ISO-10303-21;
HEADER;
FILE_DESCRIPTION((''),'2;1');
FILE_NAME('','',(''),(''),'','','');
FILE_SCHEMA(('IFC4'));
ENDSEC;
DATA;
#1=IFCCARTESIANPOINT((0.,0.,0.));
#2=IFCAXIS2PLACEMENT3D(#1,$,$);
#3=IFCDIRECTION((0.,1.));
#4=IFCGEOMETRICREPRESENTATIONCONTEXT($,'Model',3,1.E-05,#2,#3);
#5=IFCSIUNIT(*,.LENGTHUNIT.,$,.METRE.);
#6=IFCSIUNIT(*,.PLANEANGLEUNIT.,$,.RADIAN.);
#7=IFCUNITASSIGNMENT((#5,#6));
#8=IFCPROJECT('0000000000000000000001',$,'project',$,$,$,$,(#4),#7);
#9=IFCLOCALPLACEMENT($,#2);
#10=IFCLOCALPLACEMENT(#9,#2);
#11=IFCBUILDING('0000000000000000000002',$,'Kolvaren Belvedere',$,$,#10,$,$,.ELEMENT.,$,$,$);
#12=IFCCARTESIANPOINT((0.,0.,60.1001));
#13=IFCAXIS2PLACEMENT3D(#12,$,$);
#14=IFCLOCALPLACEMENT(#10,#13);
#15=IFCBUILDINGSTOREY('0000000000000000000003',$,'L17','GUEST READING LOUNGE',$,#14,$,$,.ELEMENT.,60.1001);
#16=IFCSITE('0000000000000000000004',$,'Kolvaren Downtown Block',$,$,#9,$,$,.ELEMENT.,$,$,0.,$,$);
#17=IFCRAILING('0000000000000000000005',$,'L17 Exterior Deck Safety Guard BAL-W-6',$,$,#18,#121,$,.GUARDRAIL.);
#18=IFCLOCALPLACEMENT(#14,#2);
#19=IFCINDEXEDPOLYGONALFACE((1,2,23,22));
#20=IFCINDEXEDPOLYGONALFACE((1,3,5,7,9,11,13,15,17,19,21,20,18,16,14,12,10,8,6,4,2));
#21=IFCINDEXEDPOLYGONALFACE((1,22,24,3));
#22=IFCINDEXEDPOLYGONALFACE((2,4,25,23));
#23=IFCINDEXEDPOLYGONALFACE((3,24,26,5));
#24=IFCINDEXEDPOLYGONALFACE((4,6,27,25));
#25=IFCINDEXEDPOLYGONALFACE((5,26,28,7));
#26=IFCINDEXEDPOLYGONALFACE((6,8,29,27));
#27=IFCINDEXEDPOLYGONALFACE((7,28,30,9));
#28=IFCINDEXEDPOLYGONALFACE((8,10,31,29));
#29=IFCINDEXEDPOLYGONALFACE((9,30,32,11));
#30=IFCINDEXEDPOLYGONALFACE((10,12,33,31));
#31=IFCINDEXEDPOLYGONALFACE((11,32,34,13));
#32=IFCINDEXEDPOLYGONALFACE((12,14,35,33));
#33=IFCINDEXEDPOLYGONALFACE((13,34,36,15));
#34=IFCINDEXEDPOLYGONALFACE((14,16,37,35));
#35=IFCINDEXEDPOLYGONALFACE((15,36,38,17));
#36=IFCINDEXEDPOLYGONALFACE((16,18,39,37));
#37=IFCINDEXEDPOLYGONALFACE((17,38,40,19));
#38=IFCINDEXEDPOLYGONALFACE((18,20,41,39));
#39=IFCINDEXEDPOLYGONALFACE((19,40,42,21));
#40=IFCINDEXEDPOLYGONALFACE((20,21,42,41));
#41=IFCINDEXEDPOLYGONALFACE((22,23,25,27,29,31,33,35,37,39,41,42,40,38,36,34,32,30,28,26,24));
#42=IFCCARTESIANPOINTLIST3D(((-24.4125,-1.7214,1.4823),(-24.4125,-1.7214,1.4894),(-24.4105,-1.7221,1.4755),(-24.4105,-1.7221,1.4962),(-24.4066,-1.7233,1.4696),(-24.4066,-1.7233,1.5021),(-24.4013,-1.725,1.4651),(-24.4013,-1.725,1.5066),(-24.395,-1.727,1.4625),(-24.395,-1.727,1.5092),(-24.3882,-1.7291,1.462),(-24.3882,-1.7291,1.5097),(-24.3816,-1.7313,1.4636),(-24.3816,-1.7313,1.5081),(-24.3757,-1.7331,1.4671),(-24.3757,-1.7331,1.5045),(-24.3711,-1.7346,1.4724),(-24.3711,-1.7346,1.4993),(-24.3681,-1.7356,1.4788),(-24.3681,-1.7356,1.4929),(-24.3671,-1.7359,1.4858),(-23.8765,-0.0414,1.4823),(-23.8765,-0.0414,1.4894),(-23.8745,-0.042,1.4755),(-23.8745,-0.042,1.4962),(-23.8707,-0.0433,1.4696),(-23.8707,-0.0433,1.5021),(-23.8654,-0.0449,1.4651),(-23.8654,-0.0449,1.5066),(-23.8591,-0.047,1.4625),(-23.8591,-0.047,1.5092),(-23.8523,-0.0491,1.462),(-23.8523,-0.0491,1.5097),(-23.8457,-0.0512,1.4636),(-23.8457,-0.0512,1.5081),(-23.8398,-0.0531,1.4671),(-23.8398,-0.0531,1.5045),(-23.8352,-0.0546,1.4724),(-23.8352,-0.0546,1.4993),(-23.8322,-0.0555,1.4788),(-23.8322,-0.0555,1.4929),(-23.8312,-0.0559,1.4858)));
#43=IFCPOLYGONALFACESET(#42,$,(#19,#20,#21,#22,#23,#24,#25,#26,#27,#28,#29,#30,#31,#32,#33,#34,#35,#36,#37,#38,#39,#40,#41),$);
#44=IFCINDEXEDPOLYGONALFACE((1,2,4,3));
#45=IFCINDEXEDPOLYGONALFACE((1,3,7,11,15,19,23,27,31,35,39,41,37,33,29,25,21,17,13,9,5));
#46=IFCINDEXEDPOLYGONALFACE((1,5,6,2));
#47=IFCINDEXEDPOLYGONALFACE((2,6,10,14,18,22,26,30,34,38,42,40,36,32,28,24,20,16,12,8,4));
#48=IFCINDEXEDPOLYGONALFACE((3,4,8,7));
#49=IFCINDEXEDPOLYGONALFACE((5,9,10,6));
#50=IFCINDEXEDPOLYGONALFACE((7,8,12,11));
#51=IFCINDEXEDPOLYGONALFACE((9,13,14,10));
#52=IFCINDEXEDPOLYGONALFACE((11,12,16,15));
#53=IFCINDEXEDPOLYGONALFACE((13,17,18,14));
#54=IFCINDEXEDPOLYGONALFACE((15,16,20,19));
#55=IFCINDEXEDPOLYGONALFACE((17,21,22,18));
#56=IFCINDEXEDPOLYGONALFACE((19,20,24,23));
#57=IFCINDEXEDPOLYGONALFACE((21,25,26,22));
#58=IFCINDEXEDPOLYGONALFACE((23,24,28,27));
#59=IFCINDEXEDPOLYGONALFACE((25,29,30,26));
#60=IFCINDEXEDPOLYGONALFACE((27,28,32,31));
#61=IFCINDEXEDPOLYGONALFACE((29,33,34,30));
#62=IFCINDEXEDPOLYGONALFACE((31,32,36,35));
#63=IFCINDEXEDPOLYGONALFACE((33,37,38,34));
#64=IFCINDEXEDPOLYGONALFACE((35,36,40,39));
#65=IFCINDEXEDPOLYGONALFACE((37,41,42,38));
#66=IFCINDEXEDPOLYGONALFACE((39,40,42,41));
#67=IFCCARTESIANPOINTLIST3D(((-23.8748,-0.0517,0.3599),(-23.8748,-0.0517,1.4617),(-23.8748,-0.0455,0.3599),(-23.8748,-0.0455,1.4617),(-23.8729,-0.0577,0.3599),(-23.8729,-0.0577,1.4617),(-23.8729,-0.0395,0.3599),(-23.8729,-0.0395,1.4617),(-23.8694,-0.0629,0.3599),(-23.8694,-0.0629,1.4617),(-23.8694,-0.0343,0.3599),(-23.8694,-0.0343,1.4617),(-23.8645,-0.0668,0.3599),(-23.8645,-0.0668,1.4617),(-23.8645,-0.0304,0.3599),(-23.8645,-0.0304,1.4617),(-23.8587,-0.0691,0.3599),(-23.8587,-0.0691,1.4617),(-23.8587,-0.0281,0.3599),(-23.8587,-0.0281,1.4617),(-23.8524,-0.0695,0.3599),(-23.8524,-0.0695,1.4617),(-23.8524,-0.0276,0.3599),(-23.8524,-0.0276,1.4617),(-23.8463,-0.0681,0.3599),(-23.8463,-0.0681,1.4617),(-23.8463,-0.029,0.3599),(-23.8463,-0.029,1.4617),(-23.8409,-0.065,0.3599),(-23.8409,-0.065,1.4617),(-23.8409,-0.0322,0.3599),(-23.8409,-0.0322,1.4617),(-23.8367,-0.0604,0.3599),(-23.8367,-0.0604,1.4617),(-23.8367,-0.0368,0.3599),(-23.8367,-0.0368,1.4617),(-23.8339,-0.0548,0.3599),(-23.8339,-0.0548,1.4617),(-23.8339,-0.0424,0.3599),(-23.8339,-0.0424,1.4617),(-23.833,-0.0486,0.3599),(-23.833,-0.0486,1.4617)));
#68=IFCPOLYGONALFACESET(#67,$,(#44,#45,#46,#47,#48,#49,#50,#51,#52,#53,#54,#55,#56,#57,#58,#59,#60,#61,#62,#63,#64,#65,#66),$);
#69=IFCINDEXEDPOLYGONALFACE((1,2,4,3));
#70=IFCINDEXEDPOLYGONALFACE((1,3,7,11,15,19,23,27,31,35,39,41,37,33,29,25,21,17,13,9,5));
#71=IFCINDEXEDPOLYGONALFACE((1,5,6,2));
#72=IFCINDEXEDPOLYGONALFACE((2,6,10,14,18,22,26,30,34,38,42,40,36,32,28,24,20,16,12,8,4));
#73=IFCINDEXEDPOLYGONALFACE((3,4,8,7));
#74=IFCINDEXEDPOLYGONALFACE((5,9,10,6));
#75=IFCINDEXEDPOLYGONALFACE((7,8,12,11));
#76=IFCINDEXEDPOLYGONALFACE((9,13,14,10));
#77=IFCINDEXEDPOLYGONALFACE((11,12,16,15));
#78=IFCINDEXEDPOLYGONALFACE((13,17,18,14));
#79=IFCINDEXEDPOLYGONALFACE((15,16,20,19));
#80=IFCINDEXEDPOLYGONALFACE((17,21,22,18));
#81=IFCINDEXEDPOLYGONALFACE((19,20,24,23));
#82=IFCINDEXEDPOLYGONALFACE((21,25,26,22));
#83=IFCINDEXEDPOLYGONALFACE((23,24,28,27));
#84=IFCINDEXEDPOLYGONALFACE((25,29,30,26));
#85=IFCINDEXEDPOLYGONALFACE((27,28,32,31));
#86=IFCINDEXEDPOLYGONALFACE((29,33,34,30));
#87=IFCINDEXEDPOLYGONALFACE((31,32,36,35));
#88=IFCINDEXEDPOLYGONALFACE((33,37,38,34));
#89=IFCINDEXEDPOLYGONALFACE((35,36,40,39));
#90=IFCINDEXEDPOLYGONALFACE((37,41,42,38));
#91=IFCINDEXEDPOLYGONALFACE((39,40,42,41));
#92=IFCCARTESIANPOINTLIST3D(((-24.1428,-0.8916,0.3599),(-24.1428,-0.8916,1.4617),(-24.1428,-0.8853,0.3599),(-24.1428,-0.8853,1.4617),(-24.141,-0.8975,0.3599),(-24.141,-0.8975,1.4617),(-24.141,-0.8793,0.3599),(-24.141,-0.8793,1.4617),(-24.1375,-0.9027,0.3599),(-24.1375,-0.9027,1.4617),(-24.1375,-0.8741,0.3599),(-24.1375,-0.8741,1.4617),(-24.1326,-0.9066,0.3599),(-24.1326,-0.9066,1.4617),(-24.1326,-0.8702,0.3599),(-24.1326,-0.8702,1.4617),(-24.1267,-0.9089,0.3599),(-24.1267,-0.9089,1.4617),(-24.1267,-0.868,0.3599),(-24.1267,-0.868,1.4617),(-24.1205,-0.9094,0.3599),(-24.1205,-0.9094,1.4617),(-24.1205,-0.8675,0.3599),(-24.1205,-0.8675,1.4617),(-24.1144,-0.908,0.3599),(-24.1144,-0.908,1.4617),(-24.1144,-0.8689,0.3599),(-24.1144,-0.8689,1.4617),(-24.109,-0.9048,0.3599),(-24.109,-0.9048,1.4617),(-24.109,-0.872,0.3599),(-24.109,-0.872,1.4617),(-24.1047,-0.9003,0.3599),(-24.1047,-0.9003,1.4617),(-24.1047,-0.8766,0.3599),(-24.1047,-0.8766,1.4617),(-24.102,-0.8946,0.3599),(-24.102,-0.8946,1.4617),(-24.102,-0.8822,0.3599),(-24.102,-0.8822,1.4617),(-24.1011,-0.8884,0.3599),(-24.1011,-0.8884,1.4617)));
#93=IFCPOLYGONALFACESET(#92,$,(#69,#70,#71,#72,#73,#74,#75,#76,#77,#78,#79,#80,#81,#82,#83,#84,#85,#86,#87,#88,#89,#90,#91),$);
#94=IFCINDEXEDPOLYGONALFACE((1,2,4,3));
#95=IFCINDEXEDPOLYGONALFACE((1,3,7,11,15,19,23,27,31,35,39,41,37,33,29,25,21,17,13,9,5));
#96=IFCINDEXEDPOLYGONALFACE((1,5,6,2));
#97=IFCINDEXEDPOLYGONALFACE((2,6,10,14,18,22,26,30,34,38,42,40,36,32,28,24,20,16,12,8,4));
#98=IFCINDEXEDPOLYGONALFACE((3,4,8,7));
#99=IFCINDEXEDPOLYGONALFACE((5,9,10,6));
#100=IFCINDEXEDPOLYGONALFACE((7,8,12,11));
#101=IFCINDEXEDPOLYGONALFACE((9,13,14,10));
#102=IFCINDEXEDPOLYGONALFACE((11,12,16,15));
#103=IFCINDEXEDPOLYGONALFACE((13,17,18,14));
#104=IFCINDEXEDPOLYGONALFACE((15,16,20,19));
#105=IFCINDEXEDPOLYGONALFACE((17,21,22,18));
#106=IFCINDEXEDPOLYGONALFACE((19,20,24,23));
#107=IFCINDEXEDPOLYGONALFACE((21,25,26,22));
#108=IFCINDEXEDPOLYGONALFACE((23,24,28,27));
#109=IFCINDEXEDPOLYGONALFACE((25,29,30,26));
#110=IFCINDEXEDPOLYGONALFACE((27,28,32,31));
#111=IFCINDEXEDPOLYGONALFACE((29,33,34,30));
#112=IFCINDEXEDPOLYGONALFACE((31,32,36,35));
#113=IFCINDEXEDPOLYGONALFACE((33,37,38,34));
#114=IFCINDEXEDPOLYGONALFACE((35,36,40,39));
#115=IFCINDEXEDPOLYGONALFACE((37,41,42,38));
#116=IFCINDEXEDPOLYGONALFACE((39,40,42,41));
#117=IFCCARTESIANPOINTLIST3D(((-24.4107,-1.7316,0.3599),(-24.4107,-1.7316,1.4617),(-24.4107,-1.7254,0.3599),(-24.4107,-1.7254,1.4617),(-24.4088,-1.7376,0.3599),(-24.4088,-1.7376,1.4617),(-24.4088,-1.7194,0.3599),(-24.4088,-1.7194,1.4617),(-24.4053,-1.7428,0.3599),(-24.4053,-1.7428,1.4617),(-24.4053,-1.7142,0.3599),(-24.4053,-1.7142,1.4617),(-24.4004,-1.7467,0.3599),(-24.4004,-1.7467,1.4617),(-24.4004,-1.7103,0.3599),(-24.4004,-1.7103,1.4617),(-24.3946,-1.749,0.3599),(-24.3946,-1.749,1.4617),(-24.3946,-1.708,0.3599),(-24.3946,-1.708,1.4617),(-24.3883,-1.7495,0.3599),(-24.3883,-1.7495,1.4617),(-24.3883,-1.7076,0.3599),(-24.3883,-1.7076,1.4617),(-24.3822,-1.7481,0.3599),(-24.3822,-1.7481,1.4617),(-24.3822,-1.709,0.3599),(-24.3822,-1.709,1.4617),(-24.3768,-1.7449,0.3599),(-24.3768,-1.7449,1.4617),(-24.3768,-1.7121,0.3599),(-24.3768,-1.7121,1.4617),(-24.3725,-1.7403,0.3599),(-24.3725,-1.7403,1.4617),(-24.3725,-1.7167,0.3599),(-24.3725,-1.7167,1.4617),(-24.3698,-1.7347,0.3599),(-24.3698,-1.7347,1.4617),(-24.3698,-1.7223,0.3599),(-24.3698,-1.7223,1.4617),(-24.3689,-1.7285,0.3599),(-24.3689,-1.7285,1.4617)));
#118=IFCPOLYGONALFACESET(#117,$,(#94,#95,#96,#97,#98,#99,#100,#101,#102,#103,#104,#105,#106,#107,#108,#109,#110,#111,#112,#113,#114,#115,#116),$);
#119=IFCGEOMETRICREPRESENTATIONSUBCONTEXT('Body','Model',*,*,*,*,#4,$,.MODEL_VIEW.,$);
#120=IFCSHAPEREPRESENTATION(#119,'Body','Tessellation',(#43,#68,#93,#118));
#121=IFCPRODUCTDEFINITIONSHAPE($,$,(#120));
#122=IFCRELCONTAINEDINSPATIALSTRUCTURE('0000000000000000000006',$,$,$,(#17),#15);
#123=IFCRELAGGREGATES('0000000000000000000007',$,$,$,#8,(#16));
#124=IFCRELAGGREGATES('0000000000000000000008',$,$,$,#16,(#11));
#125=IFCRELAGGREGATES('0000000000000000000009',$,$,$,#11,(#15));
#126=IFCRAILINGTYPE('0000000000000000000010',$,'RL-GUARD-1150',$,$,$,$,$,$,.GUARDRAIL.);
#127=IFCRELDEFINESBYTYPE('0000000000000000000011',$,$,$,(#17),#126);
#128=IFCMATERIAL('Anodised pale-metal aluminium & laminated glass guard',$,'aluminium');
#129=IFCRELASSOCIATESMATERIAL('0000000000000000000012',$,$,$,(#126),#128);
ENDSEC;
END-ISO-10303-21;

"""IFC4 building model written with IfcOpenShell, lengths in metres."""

from ifc_helpers import new_model, si_unit, direction, frame, origin, origin_2d, place, context, subcontext, project, spatial, circle, extrude, material, type_object, element, save


model = new_model("IFC4")

# Units and contexts
model_context = context("Model", 3, precision=1e-05, world=origin(), true_north=direction((0.0, 1.0)))
body_context = subcontext(model_context, "Body", "Model", "MODEL_VIEW")
ifc_project = project(units=[si_unit("LENGTHUNIT", "METRE"), si_unit("PLANEANGLEUNIT", "RADIAN")], contexts=[model_context])

# Site, building, storey
site_placement = place(None, origin())
site = spatial("IfcSite", under=ifc_project, at=site_placement, Name="Kolvaren Downtown Block", CompositionType="ELEMENT", RefElevation=0.0)
building_placement = place(site_placement, origin())
building = spatial("IfcBuilding", under=site, at=building_placement, Name="Kolvaren Belvedere", CompositionType="ELEMENT")
storey_placement = place(building_placement, frame((0.0, 0.0, 60.1001)))
storey = spatial("IfcBuildingStorey", under=building, at=storey_placement, Name="L17", Description="GUEST READING LOUNGE", CompositionType="ELEMENT", Elevation=60.1001)

# Railing
ifc_material_1 = material(Name="Anodised pale-metal aluminium & laminated glass guard", Category="aluminium")
railing_type = type_object("IfcRailingType", Name="RL-GUARD-1150", PredefinedType="GUARDRAIL", material=ifc_material_1)
railing_1_placement = place(storey_placement, frame((-23.854, -0.0486, 0.3599)))
element("IfcRailing", 1, at=railing_1_placement, inside=storey, type_object=railing_type, Name="L17 Exterior Deck Safety Guard BAL-W-6", PredefinedType="GUARDRAIL", context=body_context, shape_type="SweptSolid", body=[
    extrude(circle(Radius=0.0239, at=origin_2d()), frame((0.0, 0.0, 1.126), z_axis=(-0.303906, -0.952702, 0.0), x_axis=(0.952702, -0.303906, 0.0)), (0.0, 0.0, 1.0), 1.7634),
    extrude(circle(Radius=0.021, at=origin_2d()), origin(), (0.0, 0.0, 1.0), 1.1018),
    extrude(circle(Radius=0.021, at=origin_2d()), frame((-0.2681, -0.8398, 0.0)), (0.0, 0.0, 1.0), 1.1018),
    extrude(circle(Radius=0.021, at=origin_2d()), frame((-0.5359, -1.6799, 0.0)), (0.0, 0.0, 1.0), 1.1018),
])

save(model, "model.ifc")
